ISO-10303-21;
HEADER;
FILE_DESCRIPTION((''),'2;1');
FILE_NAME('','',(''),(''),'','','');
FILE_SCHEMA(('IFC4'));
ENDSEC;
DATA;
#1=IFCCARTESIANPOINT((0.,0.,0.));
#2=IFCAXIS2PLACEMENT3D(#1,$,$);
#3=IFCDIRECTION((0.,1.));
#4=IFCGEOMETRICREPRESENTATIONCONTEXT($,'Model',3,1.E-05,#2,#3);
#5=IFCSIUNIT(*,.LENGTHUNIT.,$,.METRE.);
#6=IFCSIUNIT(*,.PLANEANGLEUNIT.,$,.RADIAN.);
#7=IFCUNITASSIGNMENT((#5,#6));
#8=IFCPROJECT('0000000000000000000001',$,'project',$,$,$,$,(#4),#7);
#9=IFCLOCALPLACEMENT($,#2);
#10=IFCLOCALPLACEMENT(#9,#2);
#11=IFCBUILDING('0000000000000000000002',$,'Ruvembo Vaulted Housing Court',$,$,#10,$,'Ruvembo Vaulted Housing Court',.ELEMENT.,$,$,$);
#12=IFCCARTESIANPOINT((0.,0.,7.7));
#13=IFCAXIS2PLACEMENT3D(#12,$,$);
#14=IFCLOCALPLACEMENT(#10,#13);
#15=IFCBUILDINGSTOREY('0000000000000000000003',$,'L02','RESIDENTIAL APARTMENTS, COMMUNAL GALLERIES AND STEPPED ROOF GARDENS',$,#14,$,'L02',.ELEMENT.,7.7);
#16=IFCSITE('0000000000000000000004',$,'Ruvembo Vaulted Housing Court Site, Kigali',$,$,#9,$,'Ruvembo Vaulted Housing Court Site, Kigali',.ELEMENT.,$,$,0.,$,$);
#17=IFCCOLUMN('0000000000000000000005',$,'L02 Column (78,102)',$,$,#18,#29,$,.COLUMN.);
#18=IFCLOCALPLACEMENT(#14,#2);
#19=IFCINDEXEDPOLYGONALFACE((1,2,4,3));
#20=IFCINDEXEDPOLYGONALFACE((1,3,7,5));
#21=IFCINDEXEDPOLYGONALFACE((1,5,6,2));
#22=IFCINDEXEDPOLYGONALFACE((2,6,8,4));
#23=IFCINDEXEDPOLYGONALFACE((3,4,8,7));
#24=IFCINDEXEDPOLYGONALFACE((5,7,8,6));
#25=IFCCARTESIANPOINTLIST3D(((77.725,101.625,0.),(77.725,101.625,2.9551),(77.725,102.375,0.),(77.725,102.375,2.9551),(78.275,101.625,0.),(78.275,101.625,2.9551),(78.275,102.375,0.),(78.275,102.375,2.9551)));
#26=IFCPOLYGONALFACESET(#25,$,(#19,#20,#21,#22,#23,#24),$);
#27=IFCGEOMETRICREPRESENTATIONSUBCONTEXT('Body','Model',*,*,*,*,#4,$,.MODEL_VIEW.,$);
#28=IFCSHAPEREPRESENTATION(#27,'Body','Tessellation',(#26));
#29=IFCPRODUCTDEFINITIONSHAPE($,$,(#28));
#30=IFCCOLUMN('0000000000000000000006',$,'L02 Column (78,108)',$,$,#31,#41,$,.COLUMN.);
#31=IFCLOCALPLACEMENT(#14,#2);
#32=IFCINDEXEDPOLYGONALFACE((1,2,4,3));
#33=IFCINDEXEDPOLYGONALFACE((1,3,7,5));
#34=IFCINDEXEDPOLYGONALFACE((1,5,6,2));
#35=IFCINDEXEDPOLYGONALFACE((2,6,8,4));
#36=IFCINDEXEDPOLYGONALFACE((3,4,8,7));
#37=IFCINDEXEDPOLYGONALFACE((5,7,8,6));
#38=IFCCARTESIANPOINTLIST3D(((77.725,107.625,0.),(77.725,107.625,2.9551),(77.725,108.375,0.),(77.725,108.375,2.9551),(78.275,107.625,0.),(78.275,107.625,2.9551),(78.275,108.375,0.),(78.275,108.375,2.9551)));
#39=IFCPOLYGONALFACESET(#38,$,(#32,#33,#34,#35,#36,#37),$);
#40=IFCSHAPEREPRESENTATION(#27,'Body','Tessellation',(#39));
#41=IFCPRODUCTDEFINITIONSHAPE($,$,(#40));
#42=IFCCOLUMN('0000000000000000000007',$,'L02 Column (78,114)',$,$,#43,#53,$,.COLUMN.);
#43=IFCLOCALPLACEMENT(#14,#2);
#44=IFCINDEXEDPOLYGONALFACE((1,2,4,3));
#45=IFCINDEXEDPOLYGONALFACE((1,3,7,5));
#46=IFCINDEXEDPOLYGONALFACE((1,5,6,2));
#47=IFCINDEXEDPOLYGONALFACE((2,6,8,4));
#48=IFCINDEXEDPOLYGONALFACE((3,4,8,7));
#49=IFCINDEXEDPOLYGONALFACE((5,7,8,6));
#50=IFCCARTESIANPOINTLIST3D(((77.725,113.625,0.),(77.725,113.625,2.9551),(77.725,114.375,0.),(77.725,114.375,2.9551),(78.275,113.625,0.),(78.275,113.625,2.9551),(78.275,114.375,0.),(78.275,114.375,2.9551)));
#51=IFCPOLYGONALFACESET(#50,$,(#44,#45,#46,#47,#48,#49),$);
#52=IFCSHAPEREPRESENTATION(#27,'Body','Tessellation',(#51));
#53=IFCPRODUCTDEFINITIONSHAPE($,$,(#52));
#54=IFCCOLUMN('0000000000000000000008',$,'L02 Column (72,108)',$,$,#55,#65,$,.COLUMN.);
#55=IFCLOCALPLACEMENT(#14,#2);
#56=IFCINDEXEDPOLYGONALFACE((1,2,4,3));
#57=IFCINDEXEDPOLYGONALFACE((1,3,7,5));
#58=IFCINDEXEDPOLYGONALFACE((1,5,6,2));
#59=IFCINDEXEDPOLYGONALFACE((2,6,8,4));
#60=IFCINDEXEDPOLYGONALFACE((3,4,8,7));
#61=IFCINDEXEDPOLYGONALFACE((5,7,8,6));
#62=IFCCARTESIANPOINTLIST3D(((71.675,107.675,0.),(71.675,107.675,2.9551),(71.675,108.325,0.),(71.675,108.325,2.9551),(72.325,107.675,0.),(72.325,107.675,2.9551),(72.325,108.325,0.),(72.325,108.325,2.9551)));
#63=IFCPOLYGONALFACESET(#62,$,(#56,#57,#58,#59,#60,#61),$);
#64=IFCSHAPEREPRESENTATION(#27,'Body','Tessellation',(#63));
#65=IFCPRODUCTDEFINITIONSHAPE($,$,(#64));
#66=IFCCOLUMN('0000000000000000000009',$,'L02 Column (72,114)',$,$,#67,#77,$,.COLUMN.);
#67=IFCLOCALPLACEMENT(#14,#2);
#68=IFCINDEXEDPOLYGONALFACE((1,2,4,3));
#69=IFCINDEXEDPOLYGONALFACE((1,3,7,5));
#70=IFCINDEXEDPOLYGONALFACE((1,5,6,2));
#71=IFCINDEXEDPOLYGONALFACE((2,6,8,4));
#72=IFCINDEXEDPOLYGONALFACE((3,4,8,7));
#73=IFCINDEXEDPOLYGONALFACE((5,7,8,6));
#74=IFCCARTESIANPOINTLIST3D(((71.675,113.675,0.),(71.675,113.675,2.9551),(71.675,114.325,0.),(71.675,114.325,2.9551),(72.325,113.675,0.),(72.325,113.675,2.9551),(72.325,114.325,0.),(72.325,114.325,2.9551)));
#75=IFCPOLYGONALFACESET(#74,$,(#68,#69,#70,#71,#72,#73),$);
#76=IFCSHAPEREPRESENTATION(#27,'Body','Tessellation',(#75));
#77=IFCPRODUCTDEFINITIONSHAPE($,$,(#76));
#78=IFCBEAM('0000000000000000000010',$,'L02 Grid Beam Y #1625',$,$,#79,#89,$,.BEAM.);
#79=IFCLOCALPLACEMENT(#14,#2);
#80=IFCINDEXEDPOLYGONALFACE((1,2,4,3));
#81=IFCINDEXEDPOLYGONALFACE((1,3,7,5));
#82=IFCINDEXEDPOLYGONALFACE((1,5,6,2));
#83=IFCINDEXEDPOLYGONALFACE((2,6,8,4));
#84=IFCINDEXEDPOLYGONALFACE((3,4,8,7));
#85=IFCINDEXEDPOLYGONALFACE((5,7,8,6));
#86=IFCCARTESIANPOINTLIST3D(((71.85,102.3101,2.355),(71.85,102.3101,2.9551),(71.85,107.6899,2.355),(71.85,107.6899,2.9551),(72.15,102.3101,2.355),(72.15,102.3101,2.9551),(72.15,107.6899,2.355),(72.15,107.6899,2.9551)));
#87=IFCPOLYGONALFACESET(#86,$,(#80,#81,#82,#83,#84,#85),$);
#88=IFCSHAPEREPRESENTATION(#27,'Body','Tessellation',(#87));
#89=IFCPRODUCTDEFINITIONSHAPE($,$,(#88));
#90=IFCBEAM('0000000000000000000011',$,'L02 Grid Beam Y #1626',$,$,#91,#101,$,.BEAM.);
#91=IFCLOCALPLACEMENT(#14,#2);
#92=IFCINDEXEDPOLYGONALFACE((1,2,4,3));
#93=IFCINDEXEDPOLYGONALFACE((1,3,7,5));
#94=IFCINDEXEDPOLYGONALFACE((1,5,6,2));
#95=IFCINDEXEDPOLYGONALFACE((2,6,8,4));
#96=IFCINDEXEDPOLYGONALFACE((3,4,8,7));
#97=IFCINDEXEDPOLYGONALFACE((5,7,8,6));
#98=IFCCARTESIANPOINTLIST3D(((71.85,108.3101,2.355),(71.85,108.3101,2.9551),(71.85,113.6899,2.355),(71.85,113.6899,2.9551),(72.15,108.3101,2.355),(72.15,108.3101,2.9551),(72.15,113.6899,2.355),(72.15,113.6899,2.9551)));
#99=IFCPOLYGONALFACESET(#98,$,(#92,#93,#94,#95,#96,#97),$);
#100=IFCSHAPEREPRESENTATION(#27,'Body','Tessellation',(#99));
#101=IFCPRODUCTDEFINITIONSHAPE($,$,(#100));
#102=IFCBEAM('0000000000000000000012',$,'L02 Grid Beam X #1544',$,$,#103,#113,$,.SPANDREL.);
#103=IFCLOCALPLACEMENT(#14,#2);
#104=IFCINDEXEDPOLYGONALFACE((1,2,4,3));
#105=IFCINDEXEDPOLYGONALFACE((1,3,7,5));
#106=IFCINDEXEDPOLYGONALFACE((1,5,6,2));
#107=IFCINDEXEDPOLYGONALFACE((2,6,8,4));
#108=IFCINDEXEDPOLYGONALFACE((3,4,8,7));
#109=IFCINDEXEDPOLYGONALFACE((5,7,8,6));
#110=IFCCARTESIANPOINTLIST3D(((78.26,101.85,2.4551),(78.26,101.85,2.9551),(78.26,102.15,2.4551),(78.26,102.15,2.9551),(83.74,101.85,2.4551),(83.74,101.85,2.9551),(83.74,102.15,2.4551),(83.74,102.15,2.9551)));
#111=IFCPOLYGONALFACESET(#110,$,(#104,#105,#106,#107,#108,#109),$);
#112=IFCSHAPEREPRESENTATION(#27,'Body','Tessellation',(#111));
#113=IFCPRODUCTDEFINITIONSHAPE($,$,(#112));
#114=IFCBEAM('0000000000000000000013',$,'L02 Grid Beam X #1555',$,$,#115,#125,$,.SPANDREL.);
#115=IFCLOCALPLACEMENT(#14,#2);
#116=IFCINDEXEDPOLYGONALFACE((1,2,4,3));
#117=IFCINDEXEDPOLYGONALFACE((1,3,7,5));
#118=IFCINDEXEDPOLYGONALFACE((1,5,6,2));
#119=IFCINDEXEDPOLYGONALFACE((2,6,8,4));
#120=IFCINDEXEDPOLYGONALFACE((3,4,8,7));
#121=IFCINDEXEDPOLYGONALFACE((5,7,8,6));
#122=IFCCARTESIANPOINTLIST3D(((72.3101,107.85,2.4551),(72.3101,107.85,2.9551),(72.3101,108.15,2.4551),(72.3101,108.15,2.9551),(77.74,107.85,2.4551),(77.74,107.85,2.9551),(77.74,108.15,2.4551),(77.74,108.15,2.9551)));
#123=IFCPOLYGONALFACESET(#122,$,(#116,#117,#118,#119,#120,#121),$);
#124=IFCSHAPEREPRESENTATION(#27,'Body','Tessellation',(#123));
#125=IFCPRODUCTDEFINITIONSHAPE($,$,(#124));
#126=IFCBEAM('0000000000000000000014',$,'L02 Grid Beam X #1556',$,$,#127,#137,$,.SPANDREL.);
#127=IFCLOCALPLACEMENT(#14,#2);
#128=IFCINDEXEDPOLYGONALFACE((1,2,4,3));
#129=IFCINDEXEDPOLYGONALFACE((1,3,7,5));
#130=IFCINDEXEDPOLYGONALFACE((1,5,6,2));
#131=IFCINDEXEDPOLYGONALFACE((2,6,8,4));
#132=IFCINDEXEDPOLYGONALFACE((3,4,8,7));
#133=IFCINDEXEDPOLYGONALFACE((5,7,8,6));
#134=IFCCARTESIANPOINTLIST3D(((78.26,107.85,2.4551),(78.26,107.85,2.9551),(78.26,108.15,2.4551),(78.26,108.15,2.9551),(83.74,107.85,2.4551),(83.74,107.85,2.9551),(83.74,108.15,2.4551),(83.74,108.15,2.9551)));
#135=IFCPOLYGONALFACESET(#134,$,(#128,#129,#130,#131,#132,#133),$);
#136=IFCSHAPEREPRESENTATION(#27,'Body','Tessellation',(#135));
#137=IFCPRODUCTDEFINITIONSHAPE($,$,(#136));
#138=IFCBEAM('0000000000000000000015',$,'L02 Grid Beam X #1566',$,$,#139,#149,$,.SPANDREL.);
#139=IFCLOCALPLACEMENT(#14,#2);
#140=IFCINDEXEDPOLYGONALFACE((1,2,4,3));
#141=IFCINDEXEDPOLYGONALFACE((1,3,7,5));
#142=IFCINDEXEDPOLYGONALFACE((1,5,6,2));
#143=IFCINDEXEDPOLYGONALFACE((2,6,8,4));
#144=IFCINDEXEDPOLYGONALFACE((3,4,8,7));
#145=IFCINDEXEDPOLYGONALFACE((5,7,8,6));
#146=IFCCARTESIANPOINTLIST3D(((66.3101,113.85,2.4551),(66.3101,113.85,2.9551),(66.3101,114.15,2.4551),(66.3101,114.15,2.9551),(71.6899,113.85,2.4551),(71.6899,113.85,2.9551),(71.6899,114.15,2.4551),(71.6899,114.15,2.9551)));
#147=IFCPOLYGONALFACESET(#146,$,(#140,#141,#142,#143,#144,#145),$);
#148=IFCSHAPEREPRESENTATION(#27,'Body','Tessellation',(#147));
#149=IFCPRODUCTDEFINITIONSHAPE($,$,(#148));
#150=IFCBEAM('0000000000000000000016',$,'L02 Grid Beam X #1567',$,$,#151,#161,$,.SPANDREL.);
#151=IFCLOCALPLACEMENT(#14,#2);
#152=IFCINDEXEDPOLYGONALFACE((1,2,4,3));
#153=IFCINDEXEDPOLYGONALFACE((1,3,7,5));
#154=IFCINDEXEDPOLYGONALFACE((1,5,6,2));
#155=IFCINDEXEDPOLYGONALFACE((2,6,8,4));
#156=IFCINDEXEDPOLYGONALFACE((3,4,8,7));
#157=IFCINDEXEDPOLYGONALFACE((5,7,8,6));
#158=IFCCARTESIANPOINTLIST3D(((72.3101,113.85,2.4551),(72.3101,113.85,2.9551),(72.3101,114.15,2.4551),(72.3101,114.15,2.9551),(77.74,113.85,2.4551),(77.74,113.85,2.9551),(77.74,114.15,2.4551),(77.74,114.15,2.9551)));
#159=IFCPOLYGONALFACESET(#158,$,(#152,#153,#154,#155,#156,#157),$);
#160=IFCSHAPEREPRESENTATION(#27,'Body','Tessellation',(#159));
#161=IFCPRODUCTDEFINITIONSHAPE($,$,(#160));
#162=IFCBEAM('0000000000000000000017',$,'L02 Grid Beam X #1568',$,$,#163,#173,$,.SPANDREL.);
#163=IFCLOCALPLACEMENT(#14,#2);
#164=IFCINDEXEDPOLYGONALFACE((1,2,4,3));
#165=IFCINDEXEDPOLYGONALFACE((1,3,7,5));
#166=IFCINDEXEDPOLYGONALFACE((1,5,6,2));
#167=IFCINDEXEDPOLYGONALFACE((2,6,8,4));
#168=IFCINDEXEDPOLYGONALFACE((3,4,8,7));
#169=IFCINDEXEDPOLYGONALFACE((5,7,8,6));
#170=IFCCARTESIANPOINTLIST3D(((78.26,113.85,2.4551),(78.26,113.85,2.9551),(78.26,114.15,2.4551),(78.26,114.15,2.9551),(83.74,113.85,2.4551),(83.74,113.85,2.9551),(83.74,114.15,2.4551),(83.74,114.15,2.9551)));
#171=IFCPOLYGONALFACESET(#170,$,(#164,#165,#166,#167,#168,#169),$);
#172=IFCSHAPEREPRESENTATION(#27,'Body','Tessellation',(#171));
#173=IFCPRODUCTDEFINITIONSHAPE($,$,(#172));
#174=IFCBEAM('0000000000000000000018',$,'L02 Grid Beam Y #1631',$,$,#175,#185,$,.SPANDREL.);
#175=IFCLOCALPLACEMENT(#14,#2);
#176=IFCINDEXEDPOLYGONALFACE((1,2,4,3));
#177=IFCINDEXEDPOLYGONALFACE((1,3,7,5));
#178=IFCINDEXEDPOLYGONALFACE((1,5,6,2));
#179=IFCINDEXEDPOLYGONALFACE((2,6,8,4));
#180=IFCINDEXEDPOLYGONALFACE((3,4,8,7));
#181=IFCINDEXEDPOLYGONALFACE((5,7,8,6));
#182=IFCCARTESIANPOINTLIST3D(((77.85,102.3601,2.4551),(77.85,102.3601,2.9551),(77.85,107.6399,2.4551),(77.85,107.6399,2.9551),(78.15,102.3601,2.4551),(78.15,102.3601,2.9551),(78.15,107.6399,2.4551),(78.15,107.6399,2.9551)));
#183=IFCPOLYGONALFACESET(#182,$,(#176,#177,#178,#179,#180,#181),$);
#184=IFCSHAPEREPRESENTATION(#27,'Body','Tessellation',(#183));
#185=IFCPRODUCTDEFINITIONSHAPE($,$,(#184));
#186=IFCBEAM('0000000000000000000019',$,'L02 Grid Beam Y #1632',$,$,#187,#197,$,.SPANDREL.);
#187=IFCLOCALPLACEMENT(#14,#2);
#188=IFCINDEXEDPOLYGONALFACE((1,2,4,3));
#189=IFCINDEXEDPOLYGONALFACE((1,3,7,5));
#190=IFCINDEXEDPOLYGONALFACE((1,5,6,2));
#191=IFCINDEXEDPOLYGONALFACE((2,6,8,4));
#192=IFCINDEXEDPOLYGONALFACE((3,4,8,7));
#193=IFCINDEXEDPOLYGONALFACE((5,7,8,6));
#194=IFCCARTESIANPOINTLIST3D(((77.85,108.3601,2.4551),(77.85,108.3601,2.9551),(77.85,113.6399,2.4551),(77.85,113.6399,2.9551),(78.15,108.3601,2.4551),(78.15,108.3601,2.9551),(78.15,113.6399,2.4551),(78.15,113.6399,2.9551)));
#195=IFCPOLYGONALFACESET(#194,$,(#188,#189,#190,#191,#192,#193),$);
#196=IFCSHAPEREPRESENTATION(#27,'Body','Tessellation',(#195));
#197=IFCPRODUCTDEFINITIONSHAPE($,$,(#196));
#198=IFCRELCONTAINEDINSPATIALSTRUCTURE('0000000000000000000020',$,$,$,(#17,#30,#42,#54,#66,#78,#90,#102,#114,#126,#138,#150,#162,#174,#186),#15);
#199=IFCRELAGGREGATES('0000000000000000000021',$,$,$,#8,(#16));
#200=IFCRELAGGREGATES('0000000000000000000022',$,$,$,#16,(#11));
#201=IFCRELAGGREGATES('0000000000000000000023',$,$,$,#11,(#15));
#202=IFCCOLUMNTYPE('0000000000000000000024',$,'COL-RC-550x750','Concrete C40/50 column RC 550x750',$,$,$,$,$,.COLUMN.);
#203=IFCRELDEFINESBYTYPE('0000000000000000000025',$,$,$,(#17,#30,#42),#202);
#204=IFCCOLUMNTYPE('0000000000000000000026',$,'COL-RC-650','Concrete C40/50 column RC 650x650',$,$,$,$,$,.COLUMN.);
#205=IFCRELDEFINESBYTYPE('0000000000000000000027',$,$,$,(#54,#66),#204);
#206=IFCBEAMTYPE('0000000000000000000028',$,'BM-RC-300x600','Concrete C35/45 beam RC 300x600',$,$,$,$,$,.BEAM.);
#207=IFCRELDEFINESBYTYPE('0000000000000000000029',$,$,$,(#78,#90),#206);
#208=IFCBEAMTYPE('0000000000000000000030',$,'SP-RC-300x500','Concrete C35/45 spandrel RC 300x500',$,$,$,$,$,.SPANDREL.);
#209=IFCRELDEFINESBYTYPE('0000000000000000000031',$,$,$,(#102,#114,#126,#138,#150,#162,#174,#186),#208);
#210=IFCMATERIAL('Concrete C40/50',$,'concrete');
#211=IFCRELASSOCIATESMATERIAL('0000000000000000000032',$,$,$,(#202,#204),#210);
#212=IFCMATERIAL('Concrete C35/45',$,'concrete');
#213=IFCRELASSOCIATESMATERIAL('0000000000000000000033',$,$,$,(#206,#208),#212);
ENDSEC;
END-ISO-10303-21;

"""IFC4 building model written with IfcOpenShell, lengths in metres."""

from ifc_helpers import new_model, si_unit, direction, frame, origin, origin_2d, place, context, subcontext, project, spatial, rectangle, extrude, material, material_profile, profile_set, type_object, element, save


model = new_model("IFC4")

# Units and contexts
model_context = context("Model", 3, precision=1e-05, world=origin(), true_north=direction((0.0, 1.0)))
body_context = subcontext(model_context, "Body", "Model", "MODEL_VIEW")
ifc_project = project(units=[si_unit("LENGTHUNIT", "METRE"), si_unit("PLANEANGLEUNIT", "RADIAN")], contexts=[model_context])

# Site, building, storey
site_placement = place(None, origin())
site = spatial("IfcSite", under=ifc_project, at=site_placement, Name="Ruvembo Vaulted Housing Court Site, Kigali", LongName="Ruvembo Vaulted Housing Court Site, Kigali", CompositionType="ELEMENT", RefElevation=0.0)
building_placement = place(site_placement, origin())
building = spatial("IfcBuilding", under=site, at=building_placement, Name="Ruvembo Vaulted Housing Court", LongName="Ruvembo Vaulted Housing Court", CompositionType="ELEMENT")
storey_placement = place(building_placement, frame((0.0, 0.0, 7.7)))
storey = spatial("IfcBuildingStorey", under=building, at=storey_placement, Name="L02", Description="RESIDENTIAL APARTMENTS, COMMUNAL GALLERIES AND STEPPED ROOF GARDENS", LongName="L02", CompositionType="ELEMENT", Elevation=7.7)

# Columns
ifc_material_1 = material(Name="Concrete C40/50", Category="concrete")
ifc_material_profile_1 = material_profile(ifc_material_1, rectangle(XDim=0.55, YDim=0.75, at=origin_2d()), Name="RC 550x750")
ifc_profile_set_1 = profile_set([ifc_material_profile_1], Name="Concrete C40/50")
column_type_1 = type_object("IfcColumnType", Name="COL-RC-550x750", Description="Concrete C40/50 column RC 550x750", PredefinedType="COLUMN", material=ifc_profile_set_1)
for number, where, z_axis, x_axis, name in (
    (1, (78.0, 102.0, 0.0), (0.0, 0.0, 1.0), (1.0, 0.0, 0.0), "L02 Column (78,102)"),
    (2, (78.0, 108.0, 0.0), (0.0, 0.0, 1.0), (1.0, 0.0, 0.0), "L02 Column (78,108)"),
    (3, (78.0, 114.0, 0.0), (0.0, 0.0, 1.0), (1.0, 0.0, 0.0), "L02 Column (78,114)"),
):
    element("IfcColumn", number, at=place(storey_placement, frame(where, z_axis=z_axis, x_axis=x_axis)), inside=storey, type_object=column_type_1, Name=name, PredefinedType="COLUMN", context=body_context, shape_type="SweptSolid", body=[
        extrude(rectangle(XDim=0.55, YDim=0.75, at=origin_2d()), origin(), (0.0, 0.0, 1.0), 2.9551),
    ])
ifc_material_profile_2 = material_profile(ifc_material_1, rectangle(XDim=0.6499, YDim=0.6499, at=origin_2d()), Name="RC 650x650")
ifc_profile_set_2 = profile_set([ifc_material_profile_2], Name="Concrete C40/50")
column_type_2 = type_object("IfcColumnType", Name="COL-RC-650", Description="Concrete C40/50 column RC 650x650", PredefinedType="COLUMN", material=ifc_profile_set_2)
for number, where, z_axis, x_axis, name in (
    (4, (72.0, 108.0, 0.0), (0.0, 0.0, 1.0), (1.0, 0.0, 0.0), "L02 Column (72,108)"),
    (5, (72.0, 114.0, 0.0), (0.0, 0.0, 1.0), (1.0, 0.0, 0.0), "L02 Column (72,114)"),
):
    element("IfcColumn", number, at=place(storey_placement, frame(where, z_axis=z_axis, x_axis=x_axis)), inside=storey, type_object=column_type_2, Name=name, PredefinedType="COLUMN", context=body_context, shape_type="SweptSolid", body=[
        extrude(rectangle(XDim=0.6499, YDim=0.6499, at=origin_2d()), origin(), (0.0, 0.0, 1.0), 2.9551),
    ])

# Beams
ifc_material_2 = material(Name="Concrete C35/45", Category="concrete")
ifc_material_profile_3 = material_profile(ifc_material_2, rectangle(XDim=0.3, YDim=0.6001, at=origin_2d()), Name="RC 300x600")
ifc_profile_set_3 = profile_set([ifc_material_profile_3], Name="Concrete C35/45")
beam_type_1 = type_object("IfcBeamType", Name="BM-RC-300x600", Description="Concrete C35/45 beam RC 300x600", PredefinedType="BEAM", material=ifc_profile_set_3)
for number, where, z_axis, x_axis, name in (
    (6, (72.0, 102.3101, 2.655), (0.0, 1.0, 0.0), (-1.0, 0.0, 0.0), "L02 Grid Beam Y #1625"),
    (7, (72.0, 108.3101, 2.655), (0.0, 1.0, 0.0), (-1.0, 0.0, 0.0), "L02 Grid Beam Y #1626"),
):
    element("IfcBeam", number, at=place(storey_placement, frame(where, z_axis=z_axis, x_axis=x_axis)), inside=storey, type_object=beam_type_1, Name=name, PredefinedType="BEAM", context=body_context, shape_type="SweptSolid", body=[
        extrude(rectangle(XDim=0.3, YDim=0.6001, at=origin_2d()), origin(), (0.0, 0.0, 1.0), 5.3799),
    ])
ifc_material_profile_4 = material_profile(ifc_material_2, rectangle(XDim=0.3, YDim=0.5, at=origin_2d()), Name="RC 300x500")
ifc_profile_set_4 = profile_set([ifc_material_profile_4], Name="Concrete C35/45")
beam_type_2 = type_object("IfcBeamType", Name="SP-RC-300x500", Description="Concrete C35/45 spandrel RC 300x500", PredefinedType="SPANDREL", material=ifc_profile_set_4)
beam_1_placement = place(storey_placement, frame((78.26, 102.0, 2.7051), z_axis=(1.0, 0.0, 0.0), x_axis=(0.0, 1.0, 0.0)))
element("IfcBeam", 8, at=beam_1_placement, inside=storey, type_object=beam_type_2, Name="L02 Grid Beam X #1544", PredefinedType="SPANDREL", context=body_context, shape_type="SweptSolid", body=[
    extrude(rectangle(XDim=0.3, YDim=0.5, at=origin_2d()), origin(), (0.0, 0.0, 1.0), 5.48),
])
beam_2_placement = place(storey_placement, frame((72.3101, 108.0, 2.7051), z_axis=(1.0, 0.0, 0.0), x_axis=(0.0, 1.0, 0.0)))
element("IfcBeam", 9, at=beam_2_placement, inside=storey, type_object=beam_type_2, Name="L02 Grid Beam X #1555", PredefinedType="SPANDREL", context=body_context, shape_type="SweptSolid", body=[
    extrude(rectangle(XDim=0.3, YDim=0.5, at=origin_2d()), origin(), (0.0, 0.0, 1.0), 5.4299),
])
beam_3_placement = place(storey_placement, frame((78.26, 108.0, 2.7051), z_axis=(1.0, 0.0, 0.0), x_axis=(0.0, 1.0, 0.0)))
element("IfcBeam", 10, at=beam_3_placement, inside=storey, type_object=beam_type_2, Name="L02 Grid Beam X #1556", PredefinedType="SPANDREL", context=body_context, shape_type="SweptSolid", body=[
    extrude(rectangle(XDim=0.3, YDim=0.5, at=origin_2d()), origin(), (0.0, 0.0, 1.0), 5.48),
])
beam_4_placement = place(storey_placement, frame((66.3101, 114.0, 2.7051), z_axis=(1.0, 0.0, 0.0), x_axis=(0.0, 1.0, 0.0)))
element("IfcBeam", 11, at=beam_4_placement, inside=storey, type_object=beam_type_2, Name="L02 Grid Beam X #1566", PredefinedType="SPANDREL", context=body_context, shape_type="SweptSolid", body=[
    extrude(rectangle(XDim=0.3, YDim=0.5, at=origin_2d()), origin(), (0.0, 0.0, 1.0), 5.3799),
])
beam_5_placement = place(storey_placement, frame((72.3101, 114.0, 2.7051), z_axis=(1.0, 0.0, 0.0), x_axis=(0.0, 1.0, 0.0)))
element("IfcBeam", 12, at=beam_5_placement, inside=storey, type_object=beam_type_2, Name="L02 Grid Beam X #1567", PredefinedType="SPANDREL", context=body_context, shape_type="SweptSolid", body=[
    extrude(rectangle(XDim=0.3, YDim=0.5, at=origin_2d()), origin(), (0.0, 0.0, 1.0), 5.4299),
])
beam_6_placement = place(storey_placement, frame((78.26, 114.0, 2.7051), z_axis=(1.0, 0.0, 0.0), x_axis=(0.0, 1.0, 0.0)))
element("IfcBeam", 13, at=beam_6_placement, inside=storey, type_object=beam_type_2, Name="L02 Grid Beam X #1568", PredefinedType="SPANDREL", context=body_context, shape_type="SweptSolid", body=[
    extrude(rectangle(XDim=0.3, YDim=0.5, at=origin_2d()), origin(), (0.0, 0.0, 1.0), 5.48),
])
for number, where, z_axis, x_axis, name in (
    (14, (78.0, 102.3601, 2.7051), (0.0, 1.0, 0.0), (-1.0, 0.0, 0.0), "L02 Grid Beam Y #1631"),
    (15, (78.0, 108.3601, 2.7051), (0.0, 1.0, 0.0), (-1.0, 0.0, 0.0), "L02 Grid Beam Y #1632"),
):
    element("IfcBeam", number, at=place(storey_placement, frame(where, z_axis=z_axis, x_axis=x_axis)), inside=storey, type_object=beam_type_2, Name=name, PredefinedType="SPANDREL", context=body_context, shape_type="SweptSolid", body=[
        extrude(rectangle(XDim=0.3, YDim=0.5, at=origin_2d()), origin(), (0.0, 0.0, 1.0), 5.2798),
    ])

save(model, "model.ifc")
